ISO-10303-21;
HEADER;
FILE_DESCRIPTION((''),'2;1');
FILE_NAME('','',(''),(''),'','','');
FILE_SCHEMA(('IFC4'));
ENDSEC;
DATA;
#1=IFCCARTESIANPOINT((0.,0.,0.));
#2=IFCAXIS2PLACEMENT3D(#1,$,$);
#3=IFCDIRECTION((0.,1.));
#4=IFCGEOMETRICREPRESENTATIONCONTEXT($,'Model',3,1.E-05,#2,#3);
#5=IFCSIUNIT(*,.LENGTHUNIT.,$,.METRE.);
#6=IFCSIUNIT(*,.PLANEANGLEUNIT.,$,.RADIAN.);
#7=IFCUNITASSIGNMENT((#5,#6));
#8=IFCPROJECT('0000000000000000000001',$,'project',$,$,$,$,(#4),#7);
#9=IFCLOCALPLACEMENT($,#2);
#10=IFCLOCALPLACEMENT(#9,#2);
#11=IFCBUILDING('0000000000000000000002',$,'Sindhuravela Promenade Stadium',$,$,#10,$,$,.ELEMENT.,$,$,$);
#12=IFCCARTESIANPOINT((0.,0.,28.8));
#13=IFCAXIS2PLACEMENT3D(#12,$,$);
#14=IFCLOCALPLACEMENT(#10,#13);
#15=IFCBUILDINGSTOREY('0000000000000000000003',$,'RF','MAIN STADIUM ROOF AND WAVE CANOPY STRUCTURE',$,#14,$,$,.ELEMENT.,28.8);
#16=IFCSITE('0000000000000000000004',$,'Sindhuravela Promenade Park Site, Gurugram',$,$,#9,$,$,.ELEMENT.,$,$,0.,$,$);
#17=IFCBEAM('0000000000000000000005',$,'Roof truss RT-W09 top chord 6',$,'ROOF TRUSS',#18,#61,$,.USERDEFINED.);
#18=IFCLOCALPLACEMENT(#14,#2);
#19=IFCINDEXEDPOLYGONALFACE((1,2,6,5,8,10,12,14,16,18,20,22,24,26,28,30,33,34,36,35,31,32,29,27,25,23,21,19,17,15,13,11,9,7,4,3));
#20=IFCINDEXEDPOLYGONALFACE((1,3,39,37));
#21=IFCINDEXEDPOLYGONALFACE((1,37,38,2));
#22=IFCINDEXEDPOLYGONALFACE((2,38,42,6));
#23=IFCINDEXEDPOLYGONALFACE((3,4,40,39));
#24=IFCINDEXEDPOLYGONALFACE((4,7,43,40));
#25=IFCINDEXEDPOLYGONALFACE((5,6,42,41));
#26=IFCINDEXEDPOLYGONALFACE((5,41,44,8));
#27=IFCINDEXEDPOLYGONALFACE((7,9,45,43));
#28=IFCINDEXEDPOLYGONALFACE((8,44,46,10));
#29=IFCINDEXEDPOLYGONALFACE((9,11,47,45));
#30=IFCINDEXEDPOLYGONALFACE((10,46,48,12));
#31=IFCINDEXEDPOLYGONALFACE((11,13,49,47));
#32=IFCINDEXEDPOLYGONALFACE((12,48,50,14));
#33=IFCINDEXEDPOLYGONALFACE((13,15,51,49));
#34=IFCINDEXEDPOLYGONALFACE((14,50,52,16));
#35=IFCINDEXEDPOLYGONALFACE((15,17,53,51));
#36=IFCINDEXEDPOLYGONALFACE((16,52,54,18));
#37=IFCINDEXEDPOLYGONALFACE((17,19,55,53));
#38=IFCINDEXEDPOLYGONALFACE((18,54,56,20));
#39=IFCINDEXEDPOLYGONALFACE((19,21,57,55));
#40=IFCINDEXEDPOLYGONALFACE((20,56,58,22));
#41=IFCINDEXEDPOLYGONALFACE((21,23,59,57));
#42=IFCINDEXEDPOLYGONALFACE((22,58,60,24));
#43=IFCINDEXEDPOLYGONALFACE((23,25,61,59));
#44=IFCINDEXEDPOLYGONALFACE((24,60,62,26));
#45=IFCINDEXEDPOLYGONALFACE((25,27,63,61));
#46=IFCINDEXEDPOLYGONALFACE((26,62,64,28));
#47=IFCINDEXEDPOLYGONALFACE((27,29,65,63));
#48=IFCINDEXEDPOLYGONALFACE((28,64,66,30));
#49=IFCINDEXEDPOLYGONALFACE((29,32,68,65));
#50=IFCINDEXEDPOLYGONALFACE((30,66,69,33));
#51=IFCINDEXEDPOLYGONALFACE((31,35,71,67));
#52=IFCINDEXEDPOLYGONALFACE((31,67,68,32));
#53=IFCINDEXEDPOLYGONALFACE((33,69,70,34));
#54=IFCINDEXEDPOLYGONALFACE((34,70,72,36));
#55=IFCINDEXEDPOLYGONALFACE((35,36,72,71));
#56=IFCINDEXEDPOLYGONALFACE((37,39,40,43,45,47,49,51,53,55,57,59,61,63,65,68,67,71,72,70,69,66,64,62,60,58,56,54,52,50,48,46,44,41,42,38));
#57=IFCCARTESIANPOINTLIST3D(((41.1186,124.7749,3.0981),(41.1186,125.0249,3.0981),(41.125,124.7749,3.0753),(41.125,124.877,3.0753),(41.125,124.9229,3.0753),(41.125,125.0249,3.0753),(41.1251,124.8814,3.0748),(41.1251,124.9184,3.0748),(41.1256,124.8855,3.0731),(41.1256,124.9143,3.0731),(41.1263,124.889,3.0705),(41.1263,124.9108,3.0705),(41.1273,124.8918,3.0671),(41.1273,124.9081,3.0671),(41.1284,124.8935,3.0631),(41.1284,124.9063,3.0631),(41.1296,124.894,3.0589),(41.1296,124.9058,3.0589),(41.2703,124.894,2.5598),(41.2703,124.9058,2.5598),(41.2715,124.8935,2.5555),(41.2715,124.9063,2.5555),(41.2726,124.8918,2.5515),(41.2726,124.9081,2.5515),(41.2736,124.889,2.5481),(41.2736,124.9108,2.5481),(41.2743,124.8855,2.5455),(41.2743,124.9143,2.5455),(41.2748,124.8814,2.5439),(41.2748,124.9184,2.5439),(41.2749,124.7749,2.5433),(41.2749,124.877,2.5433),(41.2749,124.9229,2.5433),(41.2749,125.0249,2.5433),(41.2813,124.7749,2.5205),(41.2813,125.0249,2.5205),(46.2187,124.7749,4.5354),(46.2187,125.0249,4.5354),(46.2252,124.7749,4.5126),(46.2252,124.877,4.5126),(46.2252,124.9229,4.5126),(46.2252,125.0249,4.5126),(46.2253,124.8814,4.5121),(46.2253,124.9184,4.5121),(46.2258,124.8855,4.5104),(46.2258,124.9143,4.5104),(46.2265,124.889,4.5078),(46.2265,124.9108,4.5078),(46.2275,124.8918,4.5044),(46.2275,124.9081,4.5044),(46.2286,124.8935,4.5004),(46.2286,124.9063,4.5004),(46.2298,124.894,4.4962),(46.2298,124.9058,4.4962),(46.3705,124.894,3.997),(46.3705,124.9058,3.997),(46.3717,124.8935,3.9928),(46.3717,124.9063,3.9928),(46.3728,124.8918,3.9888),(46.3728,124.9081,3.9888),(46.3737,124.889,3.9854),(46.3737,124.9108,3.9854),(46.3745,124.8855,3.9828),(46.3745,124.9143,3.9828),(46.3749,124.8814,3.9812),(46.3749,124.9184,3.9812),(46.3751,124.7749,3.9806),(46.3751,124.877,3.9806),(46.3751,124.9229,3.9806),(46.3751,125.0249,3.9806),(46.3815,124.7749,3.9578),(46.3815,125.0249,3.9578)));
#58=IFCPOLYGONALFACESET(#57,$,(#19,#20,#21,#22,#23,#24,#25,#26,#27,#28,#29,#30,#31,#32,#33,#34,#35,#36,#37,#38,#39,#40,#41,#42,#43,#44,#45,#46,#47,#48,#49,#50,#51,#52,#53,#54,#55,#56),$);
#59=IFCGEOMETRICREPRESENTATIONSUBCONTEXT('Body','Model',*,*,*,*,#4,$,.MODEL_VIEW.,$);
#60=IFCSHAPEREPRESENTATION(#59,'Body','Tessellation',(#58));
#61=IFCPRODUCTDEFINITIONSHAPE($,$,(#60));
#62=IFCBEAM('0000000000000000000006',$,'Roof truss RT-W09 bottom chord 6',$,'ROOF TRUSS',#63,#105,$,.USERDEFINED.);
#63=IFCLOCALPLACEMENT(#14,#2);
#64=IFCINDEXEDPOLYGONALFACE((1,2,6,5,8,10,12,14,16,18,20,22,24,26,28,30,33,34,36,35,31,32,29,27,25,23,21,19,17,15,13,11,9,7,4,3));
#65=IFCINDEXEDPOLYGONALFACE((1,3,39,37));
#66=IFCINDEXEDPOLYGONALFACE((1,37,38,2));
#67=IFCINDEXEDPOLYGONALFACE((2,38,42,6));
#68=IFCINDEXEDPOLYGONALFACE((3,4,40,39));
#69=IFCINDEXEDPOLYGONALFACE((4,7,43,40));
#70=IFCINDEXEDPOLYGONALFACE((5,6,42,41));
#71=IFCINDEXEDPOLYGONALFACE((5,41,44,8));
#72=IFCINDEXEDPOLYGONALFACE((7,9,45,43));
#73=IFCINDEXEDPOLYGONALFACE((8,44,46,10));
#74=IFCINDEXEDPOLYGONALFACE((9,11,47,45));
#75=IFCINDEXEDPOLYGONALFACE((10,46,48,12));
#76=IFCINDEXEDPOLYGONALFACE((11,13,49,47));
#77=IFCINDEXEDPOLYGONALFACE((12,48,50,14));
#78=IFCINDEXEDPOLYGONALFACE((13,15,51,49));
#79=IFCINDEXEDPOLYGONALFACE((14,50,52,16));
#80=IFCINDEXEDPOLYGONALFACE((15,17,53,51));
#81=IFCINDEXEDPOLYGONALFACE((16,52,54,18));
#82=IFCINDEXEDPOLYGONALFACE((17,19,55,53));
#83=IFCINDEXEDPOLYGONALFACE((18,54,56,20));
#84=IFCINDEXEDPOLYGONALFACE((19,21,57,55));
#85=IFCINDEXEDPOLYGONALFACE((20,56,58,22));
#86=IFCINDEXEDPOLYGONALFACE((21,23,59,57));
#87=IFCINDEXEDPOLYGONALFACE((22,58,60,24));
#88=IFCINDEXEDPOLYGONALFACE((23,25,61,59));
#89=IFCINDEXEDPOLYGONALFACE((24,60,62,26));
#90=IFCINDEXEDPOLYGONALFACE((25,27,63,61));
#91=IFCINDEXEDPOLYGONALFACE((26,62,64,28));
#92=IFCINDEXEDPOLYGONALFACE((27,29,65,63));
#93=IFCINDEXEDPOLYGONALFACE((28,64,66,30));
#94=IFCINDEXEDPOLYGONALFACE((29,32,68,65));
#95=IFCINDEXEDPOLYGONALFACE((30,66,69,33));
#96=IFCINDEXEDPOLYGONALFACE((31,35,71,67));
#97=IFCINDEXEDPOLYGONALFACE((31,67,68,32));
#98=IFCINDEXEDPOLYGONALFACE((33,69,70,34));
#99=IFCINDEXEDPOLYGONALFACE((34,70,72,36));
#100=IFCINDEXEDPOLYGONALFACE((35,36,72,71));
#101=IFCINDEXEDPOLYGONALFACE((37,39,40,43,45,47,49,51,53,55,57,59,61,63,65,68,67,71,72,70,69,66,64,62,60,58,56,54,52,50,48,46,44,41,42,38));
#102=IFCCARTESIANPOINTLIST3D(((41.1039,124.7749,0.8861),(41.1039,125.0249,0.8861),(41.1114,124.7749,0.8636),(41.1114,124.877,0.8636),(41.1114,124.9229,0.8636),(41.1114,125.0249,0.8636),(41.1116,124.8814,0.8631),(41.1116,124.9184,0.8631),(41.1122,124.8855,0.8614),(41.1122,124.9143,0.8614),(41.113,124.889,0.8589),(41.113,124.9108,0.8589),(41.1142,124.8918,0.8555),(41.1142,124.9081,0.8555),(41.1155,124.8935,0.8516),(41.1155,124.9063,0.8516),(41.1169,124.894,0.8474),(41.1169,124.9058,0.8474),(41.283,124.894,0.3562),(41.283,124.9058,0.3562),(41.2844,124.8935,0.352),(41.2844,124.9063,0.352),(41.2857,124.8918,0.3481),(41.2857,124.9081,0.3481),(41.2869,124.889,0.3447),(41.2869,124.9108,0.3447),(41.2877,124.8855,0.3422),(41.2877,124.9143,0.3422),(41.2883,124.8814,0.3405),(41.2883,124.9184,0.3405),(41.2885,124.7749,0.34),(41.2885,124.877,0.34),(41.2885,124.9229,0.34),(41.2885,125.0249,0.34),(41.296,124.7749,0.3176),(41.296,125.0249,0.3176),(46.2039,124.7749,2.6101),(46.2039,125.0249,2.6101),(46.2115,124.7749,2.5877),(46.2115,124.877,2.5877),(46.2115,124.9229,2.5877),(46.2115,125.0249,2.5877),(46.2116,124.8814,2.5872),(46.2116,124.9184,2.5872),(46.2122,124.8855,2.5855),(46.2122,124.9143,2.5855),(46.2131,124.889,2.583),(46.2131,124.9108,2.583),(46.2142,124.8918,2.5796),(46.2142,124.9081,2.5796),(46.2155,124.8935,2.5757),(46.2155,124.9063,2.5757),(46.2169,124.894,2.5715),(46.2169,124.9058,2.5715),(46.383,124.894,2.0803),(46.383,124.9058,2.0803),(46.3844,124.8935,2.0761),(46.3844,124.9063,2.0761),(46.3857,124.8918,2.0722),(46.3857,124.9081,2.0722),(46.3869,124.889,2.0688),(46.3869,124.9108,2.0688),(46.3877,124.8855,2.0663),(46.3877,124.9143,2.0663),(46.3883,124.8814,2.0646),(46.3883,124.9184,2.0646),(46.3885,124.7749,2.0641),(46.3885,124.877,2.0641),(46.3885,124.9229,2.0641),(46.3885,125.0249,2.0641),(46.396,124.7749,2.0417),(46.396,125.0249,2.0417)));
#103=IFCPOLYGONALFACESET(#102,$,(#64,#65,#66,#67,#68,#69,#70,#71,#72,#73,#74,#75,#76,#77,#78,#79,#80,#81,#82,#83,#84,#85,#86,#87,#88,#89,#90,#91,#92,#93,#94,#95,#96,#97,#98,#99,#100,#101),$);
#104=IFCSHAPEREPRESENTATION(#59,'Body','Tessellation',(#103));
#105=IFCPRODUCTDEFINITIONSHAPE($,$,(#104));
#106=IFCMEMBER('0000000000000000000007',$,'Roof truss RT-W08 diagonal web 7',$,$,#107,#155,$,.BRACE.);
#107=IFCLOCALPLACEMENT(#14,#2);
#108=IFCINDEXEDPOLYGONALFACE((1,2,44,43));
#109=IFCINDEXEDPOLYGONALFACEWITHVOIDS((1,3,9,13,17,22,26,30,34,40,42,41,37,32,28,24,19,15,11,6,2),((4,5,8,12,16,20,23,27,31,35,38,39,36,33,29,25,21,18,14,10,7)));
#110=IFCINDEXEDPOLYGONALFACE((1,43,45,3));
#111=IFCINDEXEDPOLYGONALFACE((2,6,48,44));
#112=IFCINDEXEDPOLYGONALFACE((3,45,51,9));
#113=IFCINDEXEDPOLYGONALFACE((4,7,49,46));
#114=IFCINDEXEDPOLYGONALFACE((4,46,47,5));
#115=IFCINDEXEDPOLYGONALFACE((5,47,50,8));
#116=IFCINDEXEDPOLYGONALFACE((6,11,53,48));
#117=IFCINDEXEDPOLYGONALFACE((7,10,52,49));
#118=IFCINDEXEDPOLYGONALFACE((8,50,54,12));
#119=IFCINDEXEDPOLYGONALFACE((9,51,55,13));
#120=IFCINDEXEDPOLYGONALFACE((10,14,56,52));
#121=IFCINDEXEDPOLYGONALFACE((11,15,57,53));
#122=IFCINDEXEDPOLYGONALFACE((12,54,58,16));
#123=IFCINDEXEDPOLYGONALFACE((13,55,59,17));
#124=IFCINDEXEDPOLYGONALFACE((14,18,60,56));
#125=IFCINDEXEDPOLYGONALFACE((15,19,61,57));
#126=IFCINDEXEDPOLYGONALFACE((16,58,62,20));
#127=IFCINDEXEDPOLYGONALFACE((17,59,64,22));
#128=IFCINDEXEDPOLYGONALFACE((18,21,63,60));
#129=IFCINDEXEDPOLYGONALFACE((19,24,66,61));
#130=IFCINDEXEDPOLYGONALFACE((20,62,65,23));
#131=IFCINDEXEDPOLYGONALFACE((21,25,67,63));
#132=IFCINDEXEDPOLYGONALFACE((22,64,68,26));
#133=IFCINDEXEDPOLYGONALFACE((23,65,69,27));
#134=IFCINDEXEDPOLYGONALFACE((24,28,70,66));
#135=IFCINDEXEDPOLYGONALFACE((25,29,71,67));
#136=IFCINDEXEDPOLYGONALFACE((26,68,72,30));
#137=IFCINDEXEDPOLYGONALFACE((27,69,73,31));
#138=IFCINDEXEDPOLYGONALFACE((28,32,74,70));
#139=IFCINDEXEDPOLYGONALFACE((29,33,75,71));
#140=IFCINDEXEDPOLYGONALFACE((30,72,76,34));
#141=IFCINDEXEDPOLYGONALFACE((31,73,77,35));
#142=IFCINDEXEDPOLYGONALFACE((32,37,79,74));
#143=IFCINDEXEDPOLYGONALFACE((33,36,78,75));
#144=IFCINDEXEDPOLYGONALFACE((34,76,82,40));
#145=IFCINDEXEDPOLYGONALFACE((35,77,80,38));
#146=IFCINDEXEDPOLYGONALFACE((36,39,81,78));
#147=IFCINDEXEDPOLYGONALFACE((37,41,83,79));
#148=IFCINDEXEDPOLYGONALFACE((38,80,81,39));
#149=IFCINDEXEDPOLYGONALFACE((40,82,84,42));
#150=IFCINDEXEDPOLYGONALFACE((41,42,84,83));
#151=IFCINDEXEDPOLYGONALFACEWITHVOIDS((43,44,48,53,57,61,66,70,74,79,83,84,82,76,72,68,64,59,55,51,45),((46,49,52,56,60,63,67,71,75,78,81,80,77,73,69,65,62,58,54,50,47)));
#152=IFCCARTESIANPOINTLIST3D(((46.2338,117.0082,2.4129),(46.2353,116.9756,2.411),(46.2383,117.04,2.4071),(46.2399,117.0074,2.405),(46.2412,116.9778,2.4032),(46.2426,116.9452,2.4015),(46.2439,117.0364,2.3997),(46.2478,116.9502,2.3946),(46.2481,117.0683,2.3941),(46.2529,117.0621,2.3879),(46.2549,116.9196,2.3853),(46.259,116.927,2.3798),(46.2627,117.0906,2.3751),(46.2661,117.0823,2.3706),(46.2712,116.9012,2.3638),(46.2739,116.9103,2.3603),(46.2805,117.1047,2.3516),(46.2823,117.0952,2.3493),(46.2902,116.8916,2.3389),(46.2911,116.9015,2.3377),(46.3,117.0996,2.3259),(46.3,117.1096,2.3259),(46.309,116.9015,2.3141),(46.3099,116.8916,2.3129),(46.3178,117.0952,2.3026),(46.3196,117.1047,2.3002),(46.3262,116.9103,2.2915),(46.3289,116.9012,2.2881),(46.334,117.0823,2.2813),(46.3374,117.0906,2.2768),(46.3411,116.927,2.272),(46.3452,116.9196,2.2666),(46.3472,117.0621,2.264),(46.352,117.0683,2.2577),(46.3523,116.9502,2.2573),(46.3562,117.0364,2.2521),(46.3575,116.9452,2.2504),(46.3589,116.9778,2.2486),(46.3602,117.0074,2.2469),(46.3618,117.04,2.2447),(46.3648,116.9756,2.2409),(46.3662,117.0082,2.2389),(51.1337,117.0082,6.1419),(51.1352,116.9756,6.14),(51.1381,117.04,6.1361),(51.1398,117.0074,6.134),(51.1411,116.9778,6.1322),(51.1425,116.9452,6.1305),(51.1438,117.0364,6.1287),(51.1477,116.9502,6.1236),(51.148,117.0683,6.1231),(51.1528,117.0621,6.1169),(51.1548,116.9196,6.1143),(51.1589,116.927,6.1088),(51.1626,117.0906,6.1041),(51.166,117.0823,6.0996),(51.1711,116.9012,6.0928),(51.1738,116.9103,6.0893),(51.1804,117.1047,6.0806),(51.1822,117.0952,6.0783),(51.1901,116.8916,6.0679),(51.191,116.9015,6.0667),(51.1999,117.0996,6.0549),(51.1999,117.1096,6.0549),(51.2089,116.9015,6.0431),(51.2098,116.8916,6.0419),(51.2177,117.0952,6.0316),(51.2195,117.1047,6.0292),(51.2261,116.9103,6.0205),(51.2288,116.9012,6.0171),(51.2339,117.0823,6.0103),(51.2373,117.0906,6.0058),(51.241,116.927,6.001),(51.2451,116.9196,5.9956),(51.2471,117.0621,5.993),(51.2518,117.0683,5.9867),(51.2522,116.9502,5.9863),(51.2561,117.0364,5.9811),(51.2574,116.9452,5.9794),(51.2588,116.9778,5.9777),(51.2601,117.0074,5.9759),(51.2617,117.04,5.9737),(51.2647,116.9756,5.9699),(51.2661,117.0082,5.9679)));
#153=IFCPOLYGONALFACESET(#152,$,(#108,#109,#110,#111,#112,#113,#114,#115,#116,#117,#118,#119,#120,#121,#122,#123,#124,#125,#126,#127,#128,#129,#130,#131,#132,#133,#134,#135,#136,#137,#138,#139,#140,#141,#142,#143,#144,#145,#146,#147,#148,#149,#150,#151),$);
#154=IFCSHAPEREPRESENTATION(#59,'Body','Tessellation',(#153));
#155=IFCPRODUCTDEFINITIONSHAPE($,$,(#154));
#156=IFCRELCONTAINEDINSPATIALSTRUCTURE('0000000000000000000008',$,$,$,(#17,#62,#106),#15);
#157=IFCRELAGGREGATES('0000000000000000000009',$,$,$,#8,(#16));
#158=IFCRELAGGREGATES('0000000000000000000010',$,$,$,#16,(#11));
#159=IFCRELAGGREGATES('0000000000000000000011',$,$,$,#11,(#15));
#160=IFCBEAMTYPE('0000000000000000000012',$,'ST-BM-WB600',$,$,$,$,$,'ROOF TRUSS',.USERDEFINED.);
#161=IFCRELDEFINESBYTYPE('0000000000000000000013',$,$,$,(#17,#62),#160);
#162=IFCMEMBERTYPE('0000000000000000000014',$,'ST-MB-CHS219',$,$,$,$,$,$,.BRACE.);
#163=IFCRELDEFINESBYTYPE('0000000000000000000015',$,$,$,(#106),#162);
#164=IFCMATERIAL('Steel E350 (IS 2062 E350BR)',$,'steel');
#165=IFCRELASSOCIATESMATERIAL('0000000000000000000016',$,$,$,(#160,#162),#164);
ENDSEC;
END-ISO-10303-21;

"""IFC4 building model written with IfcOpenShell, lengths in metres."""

from ifc_helpers import new_model, si_unit, direction, frame, origin, origin_2d, place, context, subcontext, project, spatial, hollow_circle, i_section, extrude, material, material_profile, profile_set, type_object, element, save


model = new_model("IFC4")

# Units and contexts
model_context = context("Model", 3, precision=1e-05, world=origin(), true_north=direction((0.0, 1.0)))
body_context = subcontext(model_context, "Body", "Model", "MODEL_VIEW")
ifc_project = project(units=[si_unit("LENGTHUNIT", "METRE"), si_unit("PLANEANGLEUNIT", "RADIAN")], contexts=[model_context])

# Site, building, storey
site_placement = place(None, origin())
site = spatial("IfcSite", under=ifc_project, at=site_placement, Name="Sindhuravela Promenade Park Site, Gurugram", CompositionType="ELEMENT", RefElevation=0.0)
building_placement = place(site_placement, origin())
building = spatial("IfcBuilding", under=site, at=building_placement, Name="Sindhuravela Promenade Stadium", CompositionType="ELEMENT")
storey_placement = place(building_placement, frame((0.0, 0.0, 28.8)))
storey = spatial("IfcBuildingStorey", under=building, at=storey_placement, Name="RF", Description="MAIN STADIUM ROOF AND WAVE CANOPY STRUCTURE", CompositionType="ELEMENT", Elevation=28.8)

# Beams
ifc_material_1 = material(Name="Steel E350 (IS 2062 E350BR)", Category="steel")
ifc_material_profile_1 = material_profile(ifc_material_1, i_section(OverallWidth=0.25, OverallDepth=0.6001, WebThickness=0.0117, FlangeThickness=0.0237, FilletRadius=0.0171, at=origin_2d()), Name="ISWB 600")
ifc_profile_set_1 = profile_set([ifc_material_profile_1], Name="Steel E350 (IS 2062 E350BR)")
beam_type_1 = type_object("IfcBeamType", Name="ST-BM-WB600", ElementType="ROOF TRUSS", PredefinedType="USERDEFINED", material=ifc_profile_set_1)
beam_1_placement = place(storey_placement, frame((41.2, 124.8999, 2.8093), z_axis=(0.96251, 0.0, 0.271245), x_axis=(0.0, 1.0, 0.0)))
element("IfcBeam", 1, at=beam_1_placement, inside=storey, type_object=beam_type_1, Name="Roof truss RT-W09 top chord 6", ObjectType="ROOF TRUSS", PredefinedType="USERDEFINED", context=body_context, shape_type="SweptSolid", body=[
    extrude(i_section(OverallWidth=0.25, OverallDepth=0.6001, WebThickness=0.0117, FlangeThickness=0.0237, FilletRadius=0.0171, at=origin_2d()), origin(), (0.0, 0.0, 1.0), 5.2988),
])
beam_2_placement = place(storey_placement, frame((41.2, 124.8999, 0.6018), z_axis=(0.947332, 0.0, 0.320252), x_axis=(0.0, 1.0, 0.0)))
element("IfcBeam", 2, at=beam_2_placement, inside=storey, type_object=beam_type_1, Name="Roof truss RT-W09 bottom chord 6", ObjectType="ROOF TRUSS", PredefinedType="USERDEFINED", context=body_context, shape_type="SweptSolid", body=[
    extrude(i_section(OverallWidth=0.25, OverallDepth=0.6001, WebThickness=0.0117, FlangeThickness=0.0237, FilletRadius=0.0171, at=origin_2d()), origin(), (0.0, 0.0, 1.0), 5.3835),
])

# Member
ifc_material_profile_2 = material_profile(ifc_material_1, hollow_circle(Radius=0.1096, WallThickness=0.01, at=origin_2d()), Name="CHS 219.1x10")
ifc_profile_set_2 = profile_set([ifc_material_profile_2], Name="Steel E350 (IS 2062 E350BR)")
member_type_1 = type_object("IfcMemberType", Name="ST-MB-CHS219", PredefinedType="BRACE", material=ifc_profile_set_2)
member_1_placement = place(storey_placement, frame((46.3, 117.0, 2.3259), z_axis=(0.795765, 0.0, 0.605606), x_axis=(0.0, 1.0, 0.0)))
element("IfcMember", 3, at=member_1_placement, inside=storey, type_object=member_type_1, Name="Roof truss RT-W08 diagonal web 7", PredefinedType="BRACE", context=body_context, shape_type="SweptSolid", body=[
    extrude(hollow_circle(Radius=0.1096, WallThickness=0.01, at=origin_2d()), origin(), (0.0, 0.0, 1.0), 6.1575),
])

save(model, "model.ifc")
